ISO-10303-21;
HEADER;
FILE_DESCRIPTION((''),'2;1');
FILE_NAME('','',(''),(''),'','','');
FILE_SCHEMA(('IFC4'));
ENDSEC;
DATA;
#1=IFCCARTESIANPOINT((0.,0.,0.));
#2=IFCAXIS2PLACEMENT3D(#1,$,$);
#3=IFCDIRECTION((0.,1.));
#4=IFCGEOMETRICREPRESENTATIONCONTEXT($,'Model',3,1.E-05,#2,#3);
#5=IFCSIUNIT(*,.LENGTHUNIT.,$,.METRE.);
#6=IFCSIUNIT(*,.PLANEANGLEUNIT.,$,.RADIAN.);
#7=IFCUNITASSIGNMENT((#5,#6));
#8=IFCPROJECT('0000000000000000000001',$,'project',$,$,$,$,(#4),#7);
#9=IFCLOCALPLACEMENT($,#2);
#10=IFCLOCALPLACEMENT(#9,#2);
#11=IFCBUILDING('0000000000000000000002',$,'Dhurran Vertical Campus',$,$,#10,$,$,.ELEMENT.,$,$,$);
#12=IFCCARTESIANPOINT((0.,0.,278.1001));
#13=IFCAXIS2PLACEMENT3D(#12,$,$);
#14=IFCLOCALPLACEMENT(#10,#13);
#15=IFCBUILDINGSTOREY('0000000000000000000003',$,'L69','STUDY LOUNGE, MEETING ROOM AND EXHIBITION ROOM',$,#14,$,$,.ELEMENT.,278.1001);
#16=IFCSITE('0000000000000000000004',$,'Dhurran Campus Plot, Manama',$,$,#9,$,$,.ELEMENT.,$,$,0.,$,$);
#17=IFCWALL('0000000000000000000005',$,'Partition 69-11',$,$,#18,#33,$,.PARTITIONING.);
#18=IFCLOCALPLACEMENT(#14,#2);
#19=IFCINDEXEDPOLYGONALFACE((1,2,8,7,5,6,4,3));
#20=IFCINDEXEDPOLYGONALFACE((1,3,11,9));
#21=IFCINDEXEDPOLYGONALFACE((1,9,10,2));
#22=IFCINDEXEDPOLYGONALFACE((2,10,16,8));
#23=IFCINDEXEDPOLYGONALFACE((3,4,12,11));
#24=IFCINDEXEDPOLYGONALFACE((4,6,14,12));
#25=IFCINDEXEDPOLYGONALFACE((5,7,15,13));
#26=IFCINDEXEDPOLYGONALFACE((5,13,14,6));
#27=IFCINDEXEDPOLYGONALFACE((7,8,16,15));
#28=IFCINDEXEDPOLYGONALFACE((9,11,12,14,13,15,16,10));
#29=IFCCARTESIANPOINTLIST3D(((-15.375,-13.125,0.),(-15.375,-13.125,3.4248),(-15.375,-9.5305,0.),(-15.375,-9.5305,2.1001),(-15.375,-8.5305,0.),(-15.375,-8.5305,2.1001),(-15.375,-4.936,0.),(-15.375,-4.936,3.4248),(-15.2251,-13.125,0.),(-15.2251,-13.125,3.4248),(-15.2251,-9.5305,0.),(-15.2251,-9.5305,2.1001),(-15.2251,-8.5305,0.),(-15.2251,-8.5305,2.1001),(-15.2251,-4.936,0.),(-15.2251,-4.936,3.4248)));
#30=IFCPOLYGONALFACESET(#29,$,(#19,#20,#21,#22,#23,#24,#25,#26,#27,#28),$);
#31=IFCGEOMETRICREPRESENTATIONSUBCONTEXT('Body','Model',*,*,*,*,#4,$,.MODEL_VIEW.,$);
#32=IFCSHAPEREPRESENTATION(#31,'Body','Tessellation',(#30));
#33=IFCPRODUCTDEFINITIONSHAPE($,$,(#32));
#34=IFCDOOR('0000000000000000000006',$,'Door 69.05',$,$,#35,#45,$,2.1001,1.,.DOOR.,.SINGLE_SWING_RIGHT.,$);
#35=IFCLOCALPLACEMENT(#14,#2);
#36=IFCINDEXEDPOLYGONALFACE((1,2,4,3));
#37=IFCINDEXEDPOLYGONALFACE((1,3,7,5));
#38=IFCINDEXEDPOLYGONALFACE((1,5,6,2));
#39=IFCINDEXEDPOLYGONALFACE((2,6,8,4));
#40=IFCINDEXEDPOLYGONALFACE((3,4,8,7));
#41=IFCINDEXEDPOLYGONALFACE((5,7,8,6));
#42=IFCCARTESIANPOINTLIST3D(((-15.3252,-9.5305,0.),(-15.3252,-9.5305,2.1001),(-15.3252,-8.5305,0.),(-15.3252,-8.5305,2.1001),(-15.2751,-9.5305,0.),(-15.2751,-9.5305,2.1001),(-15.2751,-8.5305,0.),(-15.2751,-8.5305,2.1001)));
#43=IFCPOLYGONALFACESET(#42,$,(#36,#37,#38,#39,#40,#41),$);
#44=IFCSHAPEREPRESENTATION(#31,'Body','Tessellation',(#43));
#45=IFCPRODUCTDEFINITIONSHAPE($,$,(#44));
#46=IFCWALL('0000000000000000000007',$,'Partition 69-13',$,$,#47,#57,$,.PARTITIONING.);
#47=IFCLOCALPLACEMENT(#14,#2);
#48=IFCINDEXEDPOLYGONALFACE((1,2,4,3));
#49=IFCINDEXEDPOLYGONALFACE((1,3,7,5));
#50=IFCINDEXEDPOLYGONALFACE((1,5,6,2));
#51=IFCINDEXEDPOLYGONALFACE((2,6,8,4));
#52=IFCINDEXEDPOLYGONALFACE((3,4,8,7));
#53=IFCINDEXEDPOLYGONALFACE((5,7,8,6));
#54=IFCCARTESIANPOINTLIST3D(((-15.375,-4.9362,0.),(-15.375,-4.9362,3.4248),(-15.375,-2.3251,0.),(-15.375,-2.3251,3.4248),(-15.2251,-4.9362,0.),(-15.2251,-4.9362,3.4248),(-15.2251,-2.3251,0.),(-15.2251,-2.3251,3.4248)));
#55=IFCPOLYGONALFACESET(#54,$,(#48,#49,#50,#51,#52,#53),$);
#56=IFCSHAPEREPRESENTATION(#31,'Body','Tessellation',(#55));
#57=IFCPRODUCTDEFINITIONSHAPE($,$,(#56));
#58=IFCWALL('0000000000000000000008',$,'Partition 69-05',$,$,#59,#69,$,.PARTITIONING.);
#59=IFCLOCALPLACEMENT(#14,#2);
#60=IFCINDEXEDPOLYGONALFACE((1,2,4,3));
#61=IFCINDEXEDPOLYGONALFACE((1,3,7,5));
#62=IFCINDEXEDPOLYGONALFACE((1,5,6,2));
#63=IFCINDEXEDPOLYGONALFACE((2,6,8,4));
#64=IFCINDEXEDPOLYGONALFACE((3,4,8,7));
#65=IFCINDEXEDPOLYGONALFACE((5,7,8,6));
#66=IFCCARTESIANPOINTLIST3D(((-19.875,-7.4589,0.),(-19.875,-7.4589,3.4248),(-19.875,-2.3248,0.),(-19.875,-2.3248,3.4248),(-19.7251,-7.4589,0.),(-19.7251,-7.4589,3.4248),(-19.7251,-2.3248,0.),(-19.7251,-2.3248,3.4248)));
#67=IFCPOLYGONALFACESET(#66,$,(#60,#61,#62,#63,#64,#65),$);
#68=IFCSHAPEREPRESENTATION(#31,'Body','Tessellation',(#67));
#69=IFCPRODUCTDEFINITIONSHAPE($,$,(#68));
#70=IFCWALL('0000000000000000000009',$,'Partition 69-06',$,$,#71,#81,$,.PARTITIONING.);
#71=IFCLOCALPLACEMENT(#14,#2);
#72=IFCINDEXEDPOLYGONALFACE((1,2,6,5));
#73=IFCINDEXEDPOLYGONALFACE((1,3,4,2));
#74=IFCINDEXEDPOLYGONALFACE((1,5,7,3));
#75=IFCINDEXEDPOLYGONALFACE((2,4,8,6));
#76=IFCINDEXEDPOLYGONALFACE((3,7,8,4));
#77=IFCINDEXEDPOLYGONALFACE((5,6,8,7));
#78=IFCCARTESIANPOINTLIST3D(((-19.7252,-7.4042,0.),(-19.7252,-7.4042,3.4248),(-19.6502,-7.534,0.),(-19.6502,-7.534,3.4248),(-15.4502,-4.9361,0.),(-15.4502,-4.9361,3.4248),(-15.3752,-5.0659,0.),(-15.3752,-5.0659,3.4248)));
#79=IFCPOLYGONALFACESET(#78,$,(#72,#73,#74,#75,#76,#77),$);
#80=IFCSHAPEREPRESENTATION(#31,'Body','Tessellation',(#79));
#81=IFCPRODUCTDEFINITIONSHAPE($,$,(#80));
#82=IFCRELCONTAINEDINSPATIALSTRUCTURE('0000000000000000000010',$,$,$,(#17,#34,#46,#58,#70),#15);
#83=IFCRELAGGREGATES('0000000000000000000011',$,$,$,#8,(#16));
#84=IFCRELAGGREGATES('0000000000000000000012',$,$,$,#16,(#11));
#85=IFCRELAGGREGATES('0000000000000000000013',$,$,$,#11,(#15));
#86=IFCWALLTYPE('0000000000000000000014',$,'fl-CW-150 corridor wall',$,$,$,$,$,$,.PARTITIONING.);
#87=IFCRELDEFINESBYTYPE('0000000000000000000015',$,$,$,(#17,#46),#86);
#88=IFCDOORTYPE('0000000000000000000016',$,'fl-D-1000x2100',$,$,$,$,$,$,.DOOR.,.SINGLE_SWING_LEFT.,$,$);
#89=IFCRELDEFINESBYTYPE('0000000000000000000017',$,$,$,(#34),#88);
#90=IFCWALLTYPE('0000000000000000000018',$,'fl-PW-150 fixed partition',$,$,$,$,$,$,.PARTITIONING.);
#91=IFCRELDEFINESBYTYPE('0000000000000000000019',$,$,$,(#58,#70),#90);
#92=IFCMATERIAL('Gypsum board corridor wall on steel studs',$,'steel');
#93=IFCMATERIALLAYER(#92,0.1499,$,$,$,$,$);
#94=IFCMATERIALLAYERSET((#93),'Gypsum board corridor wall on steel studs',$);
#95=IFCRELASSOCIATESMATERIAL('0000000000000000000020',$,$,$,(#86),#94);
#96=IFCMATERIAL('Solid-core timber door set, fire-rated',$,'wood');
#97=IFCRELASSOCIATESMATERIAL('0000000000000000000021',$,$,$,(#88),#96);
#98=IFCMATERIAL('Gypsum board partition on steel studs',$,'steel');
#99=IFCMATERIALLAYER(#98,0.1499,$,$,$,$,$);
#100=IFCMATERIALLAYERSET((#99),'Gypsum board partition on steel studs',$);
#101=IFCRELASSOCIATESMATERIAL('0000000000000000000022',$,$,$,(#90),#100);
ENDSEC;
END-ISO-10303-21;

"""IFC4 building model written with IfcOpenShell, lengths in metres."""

from ifc_helpers import new_model, si_unit, direction, frame, frame_2d, origin, place, context, subcontext, project, spatial, rectangle, extrude, material, layer, layer_set, type_object, element, fill, save


model = new_model("IFC4")

# Units and contexts
model_context = context("Model", 3, precision=1e-05, world=origin(), true_north=direction((0.0, 1.0)))
body_context = subcontext(model_context, "Body", "Model", "MODEL_VIEW")
ifc_project = project(units=[si_unit("LENGTHUNIT", "METRE"), si_unit("PLANEANGLEUNIT", "RADIAN")], contexts=[model_context])

# Site, building, storey
site_placement = place(None, origin())
site = spatial("IfcSite", under=ifc_project, at=site_placement, Name="Dhurran Campus Plot, Manama", CompositionType="ELEMENT", RefElevation=0.0)
building_placement = place(site_placement, origin())
building = spatial("IfcBuilding", under=site, at=building_placement, Name="Dhurran Vertical Campus", CompositionType="ELEMENT")
storey_placement = place(building_placement, frame((0.0, 0.0, 278.1001)))
storey = spatial("IfcBuildingStorey", under=building, at=storey_placement, Name="L69", Description="STUDY LOUNGE, MEETING ROOM AND EXHIBITION ROOM", CompositionType="ELEMENT", Elevation=278.1001)

# Wall, opening, door
ifc_material_1 = material(Name="Gypsum board corridor wall on steel studs", Category="steel")
ifc_layer_1 = layer(ifc_material_1, 0.1499)
ifc_layer_set_1 = layer_set([ifc_layer_1], Name="Gypsum board corridor wall on steel studs")
wall_type_1 = type_object("IfcWallType", Name="fl-CW-150 corridor wall", PredefinedType="PARTITIONING", material=ifc_layer_set_1)
ifc_material_2 = material(Name="Solid-core timber door set, fire-rated", Category="wood")
door_type_1 = type_object("IfcDoorType", Name="fl-D-1000x2100", OperationType="SINGLE_SWING_LEFT", PredefinedType="DOOR", material=ifc_material_2)
wall_1_placement = place(storey_placement, frame((-15.3, -4.936, 0.0), z_axis=(0.0, 0.0, 1.0), x_axis=(0.0, -1.0, 0.0)))
wall_1 = element("IfcWall", 1, at=wall_1_placement, inside=storey, type_object=wall_type_1, Name="Partition 69-11", PredefinedType="PARTITIONING", context=body_context, shape_type="SweptSolid", body=[
    extrude(rectangle(XDim=8.189, YDim=0.1499, at=frame_2d((4.0945, 0.0))), origin(), (0.0, 0.0, 1.0), 3.4248),
])
opening_1_placement = place(wall_1_placement, frame((3.5945, 0.0, 0.0)))
opening_1 = element("IfcOpeningElement", 2, at=opening_1_placement, cuts=wall_1, PredefinedType="OPENING", context=body_context, shape_type="SweptSolid", body=[
    extrude(rectangle(XDim=1.0, YDim=2.1001, at=frame_2d((0.5, 1.05))), frame((0.0, 0.085, 0.0), z_axis=(0.0, -1.0, 0.0), x_axis=(1.0, 0.0, 0.0)), (0.0, 0.0, 1.0), 0.1699),
])
door_1_placement = place(opening_1_placement, origin())
door_1 = element("IfcDoor", 3, at=door_1_placement, inside=storey, type_object=door_type_1, Name="Door 69.05", OperationType="SINGLE_SWING_RIGHT", OverallHeight=2.1001, OverallWidth=1.0, PredefinedType="DOOR", context=body_context, shape_type="SweptSolid", body=[
    extrude(rectangle(XDim=1.0, YDim=2.1001, at=frame_2d((0.5, 1.05))), frame((0.0, 0.0249, 0.0), z_axis=(0.0, -1.0, 0.0), x_axis=(1.0, 0.0, 0.0)), (0.0, 0.0, 1.0), 0.05),
])
fill(opening_1, door_1)

# Walls
wall_2_placement = place(storey_placement, frame((-15.3, -2.325, 0.0), z_axis=(0.0, 0.0, 1.0), x_axis=(0.0, -1.0, 0.0)))
element("IfcWall", 4, at=wall_2_placement, inside=storey, type_object=wall_type_1, Name="Partition 69-13", PredefinedType="PARTITIONING", context=body_context, shape_type="SweptSolid", body=[
    extrude(rectangle(XDim=2.6111, YDim=0.1499, at=frame_2d((1.3057, 0.0))), origin(), (0.0, 0.0, 1.0), 3.4248),
])
ifc_material_3 = material(Name="Gypsum board partition on steel studs", Category="steel")
ifc_layer_2 = layer(ifc_material_3, 0.1499)
ifc_layer_set_2 = layer_set([ifc_layer_2], Name="Gypsum board partition on steel studs")
wall_type_2 = type_object("IfcWallType", Name="fl-PW-150 fixed partition", PredefinedType="PARTITIONING", material=ifc_layer_set_2)
wall_3_placement = place(storey_placement, frame((-19.8, -2.325, 0.0), z_axis=(0.0, 0.0, 1.0), x_axis=(0.0, -1.0, 0.0)))
element("IfcWall", 5, at=wall_3_placement, inside=storey, type_object=wall_type_2, Name="Partition 69-05", PredefinedType="PARTITIONING", context=body_context, shape_type="SweptSolid", body=[
    extrude(rectangle(XDim=5.134, YDim=0.1499, at=frame_2d((2.5669, 0.0))), origin(), (0.0, 0.0, 1.0), 3.4248),
])
wall_4_placement = place(storey_placement, frame((-15.4126, -5.001, 0.0), z_axis=(0.0, 0.0, 1.0), x_axis=(-0.866034, -0.499985, 0.0)))
element("IfcWall", 6, at=wall_4_placement, inside=storey, type_object=wall_type_2, Name="Partition 69-06", PredefinedType="PARTITIONING", context=body_context, shape_type="SweptSolid", body=[
    extrude(rectangle(XDim=4.9363, YDim=0.1499, at=frame_2d((2.4683, 0.0))), origin(), (0.0, 0.0, 1.0), 3.4248),
])

save(model, "model.ifc")
